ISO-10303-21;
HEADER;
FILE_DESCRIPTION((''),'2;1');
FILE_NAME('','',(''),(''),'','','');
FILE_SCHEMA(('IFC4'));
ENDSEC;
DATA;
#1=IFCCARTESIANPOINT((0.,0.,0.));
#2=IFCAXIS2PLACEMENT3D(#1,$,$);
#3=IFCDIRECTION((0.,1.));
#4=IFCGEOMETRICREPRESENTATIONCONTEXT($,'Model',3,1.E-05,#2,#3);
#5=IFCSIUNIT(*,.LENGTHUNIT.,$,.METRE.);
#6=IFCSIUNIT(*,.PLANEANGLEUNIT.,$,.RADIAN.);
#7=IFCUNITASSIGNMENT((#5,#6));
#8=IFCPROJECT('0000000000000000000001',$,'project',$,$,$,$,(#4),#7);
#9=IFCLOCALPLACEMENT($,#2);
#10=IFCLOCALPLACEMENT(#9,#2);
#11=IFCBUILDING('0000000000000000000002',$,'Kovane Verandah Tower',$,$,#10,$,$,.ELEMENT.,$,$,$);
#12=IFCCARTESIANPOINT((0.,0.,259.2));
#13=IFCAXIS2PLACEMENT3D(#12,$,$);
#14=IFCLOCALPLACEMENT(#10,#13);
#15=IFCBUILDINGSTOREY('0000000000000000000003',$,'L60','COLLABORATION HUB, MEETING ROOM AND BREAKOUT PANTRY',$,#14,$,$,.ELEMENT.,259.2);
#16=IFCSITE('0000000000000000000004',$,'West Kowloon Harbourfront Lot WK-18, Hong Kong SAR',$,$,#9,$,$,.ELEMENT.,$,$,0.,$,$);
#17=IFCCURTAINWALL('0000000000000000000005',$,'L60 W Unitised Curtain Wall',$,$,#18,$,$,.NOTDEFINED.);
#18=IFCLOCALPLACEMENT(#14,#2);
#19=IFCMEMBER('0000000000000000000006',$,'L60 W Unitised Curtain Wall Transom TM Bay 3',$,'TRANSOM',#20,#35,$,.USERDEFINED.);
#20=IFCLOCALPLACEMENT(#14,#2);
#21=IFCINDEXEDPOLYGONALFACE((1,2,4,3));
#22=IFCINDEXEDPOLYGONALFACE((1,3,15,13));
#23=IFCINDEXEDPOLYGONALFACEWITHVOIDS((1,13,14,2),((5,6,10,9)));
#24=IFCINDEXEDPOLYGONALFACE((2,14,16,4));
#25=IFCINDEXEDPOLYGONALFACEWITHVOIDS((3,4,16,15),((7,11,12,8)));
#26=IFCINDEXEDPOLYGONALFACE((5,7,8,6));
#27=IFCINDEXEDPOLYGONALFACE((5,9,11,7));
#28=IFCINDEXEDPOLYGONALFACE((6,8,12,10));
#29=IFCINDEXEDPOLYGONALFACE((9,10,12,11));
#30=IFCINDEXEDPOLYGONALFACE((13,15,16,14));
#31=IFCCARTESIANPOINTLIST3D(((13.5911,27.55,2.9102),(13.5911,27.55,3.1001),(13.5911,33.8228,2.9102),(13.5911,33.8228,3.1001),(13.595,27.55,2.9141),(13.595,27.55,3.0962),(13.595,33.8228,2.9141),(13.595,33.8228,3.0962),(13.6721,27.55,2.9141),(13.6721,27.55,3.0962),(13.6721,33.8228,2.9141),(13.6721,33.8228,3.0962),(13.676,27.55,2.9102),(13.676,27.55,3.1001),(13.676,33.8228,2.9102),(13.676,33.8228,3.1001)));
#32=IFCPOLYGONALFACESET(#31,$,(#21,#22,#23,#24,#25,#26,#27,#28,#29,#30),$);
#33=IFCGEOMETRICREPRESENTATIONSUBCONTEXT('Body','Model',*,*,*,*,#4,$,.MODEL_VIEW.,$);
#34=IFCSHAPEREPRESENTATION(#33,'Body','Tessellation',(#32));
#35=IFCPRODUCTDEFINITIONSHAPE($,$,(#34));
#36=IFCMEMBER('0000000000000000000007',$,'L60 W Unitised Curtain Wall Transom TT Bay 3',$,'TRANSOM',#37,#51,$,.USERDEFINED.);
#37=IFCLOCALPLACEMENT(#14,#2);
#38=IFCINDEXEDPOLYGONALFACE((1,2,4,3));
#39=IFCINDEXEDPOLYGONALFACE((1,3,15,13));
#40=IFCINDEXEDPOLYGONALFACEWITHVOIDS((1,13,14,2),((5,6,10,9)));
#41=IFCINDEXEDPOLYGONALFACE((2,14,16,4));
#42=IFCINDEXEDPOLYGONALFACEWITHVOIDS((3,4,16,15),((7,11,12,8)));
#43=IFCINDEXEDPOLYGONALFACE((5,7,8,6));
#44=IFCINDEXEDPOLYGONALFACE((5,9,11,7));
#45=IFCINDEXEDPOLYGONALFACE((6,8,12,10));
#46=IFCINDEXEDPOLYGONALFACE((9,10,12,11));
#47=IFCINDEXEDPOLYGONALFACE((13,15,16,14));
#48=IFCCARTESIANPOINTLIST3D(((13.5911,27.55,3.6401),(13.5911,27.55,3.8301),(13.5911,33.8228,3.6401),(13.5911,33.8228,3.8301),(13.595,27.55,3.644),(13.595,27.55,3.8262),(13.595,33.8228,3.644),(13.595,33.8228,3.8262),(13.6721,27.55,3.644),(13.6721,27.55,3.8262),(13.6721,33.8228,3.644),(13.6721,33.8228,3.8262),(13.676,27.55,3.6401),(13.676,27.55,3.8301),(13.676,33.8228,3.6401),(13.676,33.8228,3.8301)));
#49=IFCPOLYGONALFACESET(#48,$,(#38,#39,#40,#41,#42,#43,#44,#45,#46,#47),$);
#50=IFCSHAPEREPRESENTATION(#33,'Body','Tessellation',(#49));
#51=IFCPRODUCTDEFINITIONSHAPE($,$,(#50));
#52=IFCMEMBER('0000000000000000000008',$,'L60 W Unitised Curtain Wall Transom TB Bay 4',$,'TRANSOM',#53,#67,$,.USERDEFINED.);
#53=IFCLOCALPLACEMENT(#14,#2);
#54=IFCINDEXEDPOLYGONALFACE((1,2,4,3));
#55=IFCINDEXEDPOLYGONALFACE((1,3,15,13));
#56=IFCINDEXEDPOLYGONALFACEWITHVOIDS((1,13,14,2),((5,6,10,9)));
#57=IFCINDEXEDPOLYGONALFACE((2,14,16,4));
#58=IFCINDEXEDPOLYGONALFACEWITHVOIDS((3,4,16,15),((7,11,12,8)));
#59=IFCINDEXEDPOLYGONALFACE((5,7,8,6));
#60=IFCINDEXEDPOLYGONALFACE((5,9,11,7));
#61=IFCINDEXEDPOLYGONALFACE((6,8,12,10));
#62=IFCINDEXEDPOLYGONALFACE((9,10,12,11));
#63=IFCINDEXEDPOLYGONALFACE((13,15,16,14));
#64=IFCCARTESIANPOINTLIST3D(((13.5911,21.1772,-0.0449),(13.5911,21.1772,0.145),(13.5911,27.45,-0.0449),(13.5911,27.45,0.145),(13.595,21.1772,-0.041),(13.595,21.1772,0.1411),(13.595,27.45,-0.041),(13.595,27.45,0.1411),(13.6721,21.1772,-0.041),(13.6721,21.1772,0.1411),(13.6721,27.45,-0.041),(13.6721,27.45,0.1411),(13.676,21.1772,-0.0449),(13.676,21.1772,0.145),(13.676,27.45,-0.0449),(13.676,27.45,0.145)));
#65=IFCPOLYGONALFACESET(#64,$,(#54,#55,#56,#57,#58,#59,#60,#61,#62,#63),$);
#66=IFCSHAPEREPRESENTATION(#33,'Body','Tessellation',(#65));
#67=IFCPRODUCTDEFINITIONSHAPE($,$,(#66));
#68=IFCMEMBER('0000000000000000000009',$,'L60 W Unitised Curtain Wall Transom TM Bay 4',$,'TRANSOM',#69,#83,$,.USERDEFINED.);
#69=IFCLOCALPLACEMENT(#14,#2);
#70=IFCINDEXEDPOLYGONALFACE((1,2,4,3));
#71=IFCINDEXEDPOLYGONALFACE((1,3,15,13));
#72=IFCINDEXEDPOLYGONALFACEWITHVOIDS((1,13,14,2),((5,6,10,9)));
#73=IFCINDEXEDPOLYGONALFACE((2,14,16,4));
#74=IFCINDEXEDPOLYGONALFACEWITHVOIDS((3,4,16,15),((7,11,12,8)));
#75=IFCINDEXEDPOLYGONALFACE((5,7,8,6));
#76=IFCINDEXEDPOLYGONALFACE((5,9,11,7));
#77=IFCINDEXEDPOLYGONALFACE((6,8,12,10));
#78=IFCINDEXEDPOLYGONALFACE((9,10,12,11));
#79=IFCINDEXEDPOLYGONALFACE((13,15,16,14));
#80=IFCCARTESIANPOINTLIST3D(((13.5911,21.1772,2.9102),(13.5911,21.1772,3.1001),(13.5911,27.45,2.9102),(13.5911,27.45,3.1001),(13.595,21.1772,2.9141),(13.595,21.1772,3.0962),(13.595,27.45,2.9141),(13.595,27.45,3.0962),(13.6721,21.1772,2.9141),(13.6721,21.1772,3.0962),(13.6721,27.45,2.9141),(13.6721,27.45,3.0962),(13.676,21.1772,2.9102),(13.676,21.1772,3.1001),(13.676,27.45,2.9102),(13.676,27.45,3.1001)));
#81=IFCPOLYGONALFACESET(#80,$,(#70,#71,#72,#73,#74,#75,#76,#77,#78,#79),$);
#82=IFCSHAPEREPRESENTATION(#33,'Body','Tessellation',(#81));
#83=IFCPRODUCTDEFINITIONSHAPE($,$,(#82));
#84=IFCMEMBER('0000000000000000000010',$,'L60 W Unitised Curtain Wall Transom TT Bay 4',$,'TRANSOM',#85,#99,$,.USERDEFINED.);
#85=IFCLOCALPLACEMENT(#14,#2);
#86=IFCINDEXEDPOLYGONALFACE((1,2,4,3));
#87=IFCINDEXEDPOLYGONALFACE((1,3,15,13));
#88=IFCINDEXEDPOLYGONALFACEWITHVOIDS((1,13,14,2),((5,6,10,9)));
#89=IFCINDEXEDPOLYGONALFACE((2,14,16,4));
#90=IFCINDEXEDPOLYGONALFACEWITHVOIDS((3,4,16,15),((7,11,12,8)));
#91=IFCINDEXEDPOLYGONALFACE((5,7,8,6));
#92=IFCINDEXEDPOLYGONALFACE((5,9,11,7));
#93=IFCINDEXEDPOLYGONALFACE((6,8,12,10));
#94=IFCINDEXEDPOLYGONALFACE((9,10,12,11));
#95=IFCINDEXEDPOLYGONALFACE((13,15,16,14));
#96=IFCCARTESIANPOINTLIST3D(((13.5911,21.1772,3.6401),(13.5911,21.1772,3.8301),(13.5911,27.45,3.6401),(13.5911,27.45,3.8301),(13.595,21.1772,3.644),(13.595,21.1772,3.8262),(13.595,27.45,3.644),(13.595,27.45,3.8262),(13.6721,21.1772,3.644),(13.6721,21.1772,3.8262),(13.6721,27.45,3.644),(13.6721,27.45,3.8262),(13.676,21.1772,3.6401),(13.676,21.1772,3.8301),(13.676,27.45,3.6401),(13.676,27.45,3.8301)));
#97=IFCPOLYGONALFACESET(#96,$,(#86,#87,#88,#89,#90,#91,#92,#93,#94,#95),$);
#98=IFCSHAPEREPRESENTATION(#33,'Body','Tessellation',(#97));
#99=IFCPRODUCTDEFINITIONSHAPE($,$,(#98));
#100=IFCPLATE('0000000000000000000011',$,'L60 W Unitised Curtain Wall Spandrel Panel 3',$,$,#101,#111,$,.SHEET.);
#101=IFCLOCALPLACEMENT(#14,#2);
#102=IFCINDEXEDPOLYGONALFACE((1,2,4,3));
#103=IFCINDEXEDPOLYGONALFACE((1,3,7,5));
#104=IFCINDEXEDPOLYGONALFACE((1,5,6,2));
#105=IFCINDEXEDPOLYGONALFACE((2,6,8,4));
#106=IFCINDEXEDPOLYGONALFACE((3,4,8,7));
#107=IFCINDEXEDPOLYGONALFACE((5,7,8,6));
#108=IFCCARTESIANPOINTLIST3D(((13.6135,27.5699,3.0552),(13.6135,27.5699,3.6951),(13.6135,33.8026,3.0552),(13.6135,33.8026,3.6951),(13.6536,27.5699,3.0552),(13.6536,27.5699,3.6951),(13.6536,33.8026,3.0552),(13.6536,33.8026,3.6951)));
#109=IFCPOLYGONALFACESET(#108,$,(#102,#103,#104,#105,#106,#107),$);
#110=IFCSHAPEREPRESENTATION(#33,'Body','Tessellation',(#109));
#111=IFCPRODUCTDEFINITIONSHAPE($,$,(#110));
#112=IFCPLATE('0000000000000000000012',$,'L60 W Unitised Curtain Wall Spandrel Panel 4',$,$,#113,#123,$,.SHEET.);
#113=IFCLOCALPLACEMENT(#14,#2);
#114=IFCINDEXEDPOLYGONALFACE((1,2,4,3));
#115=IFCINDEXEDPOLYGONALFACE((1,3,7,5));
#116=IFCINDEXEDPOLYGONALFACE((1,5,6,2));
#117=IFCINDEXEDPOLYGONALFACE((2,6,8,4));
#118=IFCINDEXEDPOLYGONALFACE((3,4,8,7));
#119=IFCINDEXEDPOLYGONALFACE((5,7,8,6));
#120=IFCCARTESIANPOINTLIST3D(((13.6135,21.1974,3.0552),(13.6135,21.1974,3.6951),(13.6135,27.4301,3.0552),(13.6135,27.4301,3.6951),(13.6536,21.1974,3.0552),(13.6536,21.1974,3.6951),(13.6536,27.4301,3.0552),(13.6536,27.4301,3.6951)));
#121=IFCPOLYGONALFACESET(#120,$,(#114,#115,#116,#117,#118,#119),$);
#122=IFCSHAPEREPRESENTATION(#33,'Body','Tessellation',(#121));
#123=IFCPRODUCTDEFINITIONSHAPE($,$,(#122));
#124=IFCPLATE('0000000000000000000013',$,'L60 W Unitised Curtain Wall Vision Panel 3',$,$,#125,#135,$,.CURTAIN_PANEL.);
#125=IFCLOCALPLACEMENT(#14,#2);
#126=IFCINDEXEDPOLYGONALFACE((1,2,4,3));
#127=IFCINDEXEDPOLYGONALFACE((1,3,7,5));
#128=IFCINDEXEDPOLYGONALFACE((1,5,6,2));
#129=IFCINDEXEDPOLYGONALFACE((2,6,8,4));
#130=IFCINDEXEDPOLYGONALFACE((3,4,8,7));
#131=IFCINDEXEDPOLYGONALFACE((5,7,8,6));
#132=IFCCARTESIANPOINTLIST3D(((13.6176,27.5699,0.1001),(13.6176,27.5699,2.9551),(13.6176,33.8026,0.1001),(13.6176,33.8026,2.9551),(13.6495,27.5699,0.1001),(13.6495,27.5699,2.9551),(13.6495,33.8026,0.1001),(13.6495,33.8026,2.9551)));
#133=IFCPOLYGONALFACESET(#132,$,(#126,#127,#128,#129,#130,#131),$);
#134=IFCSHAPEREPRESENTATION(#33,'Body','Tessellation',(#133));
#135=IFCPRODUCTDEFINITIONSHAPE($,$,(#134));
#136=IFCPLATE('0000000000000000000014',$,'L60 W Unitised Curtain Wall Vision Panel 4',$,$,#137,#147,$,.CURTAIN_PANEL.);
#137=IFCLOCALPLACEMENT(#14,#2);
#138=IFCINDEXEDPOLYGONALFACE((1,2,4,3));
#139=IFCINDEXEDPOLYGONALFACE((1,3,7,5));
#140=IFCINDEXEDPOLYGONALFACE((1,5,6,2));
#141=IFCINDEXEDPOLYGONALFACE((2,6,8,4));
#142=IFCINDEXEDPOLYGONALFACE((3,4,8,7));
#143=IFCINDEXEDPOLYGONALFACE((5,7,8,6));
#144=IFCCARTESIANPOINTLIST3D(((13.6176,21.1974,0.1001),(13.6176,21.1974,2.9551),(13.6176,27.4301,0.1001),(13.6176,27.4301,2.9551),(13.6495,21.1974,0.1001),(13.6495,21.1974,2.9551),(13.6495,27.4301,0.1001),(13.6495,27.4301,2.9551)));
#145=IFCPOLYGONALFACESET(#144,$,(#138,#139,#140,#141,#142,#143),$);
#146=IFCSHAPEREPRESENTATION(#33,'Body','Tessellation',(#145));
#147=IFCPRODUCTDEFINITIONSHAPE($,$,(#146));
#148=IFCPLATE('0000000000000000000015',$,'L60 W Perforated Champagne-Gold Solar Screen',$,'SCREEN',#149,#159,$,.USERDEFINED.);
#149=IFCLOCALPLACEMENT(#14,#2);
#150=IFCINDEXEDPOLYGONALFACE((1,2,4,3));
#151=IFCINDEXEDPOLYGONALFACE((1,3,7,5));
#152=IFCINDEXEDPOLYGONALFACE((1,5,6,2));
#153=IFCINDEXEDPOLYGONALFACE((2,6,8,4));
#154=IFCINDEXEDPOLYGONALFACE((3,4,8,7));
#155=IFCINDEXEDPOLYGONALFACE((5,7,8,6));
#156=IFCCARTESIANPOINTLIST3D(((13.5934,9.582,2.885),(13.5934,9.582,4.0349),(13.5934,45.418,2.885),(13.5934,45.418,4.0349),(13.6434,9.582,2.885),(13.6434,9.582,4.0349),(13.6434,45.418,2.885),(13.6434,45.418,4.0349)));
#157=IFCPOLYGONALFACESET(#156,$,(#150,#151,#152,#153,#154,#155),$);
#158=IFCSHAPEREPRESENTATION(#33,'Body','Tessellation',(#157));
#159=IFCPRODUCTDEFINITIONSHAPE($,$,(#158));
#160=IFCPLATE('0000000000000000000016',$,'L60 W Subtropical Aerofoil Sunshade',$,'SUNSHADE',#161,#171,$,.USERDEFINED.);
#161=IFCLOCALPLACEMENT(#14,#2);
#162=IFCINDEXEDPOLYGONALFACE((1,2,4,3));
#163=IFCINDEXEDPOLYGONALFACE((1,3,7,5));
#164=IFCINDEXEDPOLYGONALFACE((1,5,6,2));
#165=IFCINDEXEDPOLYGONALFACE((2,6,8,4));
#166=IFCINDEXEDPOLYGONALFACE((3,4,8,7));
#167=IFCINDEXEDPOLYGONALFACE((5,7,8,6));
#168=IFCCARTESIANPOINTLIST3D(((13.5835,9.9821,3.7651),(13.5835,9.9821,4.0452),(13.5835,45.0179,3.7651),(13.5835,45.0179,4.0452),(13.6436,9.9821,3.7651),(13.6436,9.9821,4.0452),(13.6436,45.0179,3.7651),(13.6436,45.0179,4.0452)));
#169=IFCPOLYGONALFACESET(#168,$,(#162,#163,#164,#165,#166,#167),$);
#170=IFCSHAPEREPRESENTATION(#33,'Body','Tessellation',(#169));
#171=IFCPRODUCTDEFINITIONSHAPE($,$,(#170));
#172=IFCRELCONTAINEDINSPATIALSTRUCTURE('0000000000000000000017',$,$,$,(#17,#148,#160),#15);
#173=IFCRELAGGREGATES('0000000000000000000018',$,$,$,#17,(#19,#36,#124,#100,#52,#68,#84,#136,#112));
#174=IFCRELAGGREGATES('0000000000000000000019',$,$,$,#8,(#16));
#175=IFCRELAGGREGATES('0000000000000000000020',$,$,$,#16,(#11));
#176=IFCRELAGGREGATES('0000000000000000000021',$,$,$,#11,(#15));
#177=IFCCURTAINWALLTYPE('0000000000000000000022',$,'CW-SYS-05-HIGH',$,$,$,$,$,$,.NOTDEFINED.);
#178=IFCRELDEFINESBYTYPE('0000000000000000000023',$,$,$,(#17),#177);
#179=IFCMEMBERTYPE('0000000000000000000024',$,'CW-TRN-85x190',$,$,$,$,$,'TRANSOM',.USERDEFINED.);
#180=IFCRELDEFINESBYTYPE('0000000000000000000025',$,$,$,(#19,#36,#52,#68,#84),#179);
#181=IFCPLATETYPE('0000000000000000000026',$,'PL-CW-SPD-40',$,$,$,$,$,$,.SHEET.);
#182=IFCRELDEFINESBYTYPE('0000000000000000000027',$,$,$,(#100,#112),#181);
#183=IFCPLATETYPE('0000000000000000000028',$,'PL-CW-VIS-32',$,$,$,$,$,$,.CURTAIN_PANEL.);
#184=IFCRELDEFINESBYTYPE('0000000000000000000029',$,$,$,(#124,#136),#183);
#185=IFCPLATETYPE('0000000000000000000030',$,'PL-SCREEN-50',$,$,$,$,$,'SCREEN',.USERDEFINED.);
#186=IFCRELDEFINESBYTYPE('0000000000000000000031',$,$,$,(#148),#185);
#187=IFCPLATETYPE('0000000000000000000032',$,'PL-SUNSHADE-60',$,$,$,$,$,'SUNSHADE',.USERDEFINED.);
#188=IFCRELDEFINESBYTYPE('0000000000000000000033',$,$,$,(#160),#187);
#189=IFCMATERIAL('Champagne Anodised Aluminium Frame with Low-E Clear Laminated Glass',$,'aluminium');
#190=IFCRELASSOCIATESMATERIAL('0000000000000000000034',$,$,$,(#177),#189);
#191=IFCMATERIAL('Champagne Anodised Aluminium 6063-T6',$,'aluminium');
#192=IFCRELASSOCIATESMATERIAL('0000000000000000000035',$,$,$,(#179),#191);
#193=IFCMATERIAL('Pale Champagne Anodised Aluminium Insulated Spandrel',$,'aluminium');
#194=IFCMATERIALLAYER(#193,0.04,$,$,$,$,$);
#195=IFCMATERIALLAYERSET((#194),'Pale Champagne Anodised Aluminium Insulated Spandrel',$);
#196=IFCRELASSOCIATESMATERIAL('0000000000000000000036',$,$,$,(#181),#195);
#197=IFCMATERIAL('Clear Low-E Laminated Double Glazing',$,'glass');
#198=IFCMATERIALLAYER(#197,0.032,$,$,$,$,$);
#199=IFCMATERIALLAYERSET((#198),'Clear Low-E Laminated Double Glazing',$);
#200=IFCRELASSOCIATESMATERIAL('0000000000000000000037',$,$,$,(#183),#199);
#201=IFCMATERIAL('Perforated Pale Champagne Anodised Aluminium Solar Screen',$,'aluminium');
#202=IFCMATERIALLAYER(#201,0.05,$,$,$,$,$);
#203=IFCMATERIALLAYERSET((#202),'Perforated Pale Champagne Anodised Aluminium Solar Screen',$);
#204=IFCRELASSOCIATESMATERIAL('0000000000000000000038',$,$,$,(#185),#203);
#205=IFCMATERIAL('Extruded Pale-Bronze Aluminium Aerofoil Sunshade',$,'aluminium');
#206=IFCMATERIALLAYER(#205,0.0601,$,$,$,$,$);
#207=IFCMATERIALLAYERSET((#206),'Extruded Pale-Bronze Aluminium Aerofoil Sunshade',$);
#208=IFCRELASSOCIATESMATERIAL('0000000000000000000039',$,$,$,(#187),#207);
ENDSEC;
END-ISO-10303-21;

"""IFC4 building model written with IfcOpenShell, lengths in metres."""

from ifc_helpers import new_model, si_unit, direction, frame, origin, origin_2d, place, context, subcontext, project, spatial, rectangle, hollow_rectangle, extrude, material, layer, layer_set, material_profile, profile_set, type_object, element, aggregate, save


model = new_model("IFC4")

# Units and contexts
model_context = context("Model", 3, precision=1e-05, world=origin(), true_north=direction((0.0, 1.0)))
body_context = subcontext(model_context, "Body", "Model", "MODEL_VIEW")
ifc_project = project(units=[si_unit("LENGTHUNIT", "METRE"), si_unit("PLANEANGLEUNIT", "RADIAN")], contexts=[model_context])

# Site, building, storey
site_placement = place(None, origin())
site = spatial("IfcSite", under=ifc_project, at=site_placement, Name="West Kowloon Harbourfront Lot WK-18, Hong Kong SAR", CompositionType="ELEMENT", RefElevation=0.0)
building_placement = place(site_placement, origin())
building = spatial("IfcBuilding", under=site, at=building_placement, Name="Kovane Verandah Tower", CompositionType="ELEMENT")
storey_placement = place(building_placement, frame((0.0, 0.0, 259.2)))
storey = spatial("IfcBuildingStorey", under=building, at=storey_placement, Name="L60", Description="COLLABORATION HUB, MEETING ROOM AND BREAKOUT PANTRY", CompositionType="ELEMENT", Elevation=259.2)

# Curtain wall, members, plates
ifc_material_1 = material(Name="Champagne Anodised Aluminium Frame with Low-E Clear Laminated Glass", Category="aluminium")
curtain_wall_type = type_object("IfcCurtainWallType", Name="CW-SYS-05-HIGH", PredefinedType="NOTDEFINED", material=ifc_material_1)
curtain_wall_placement = place(storey_placement, origin())
curtain_wall = element("IfcCurtainWall", 1, at=curtain_wall_placement, inside=storey, type_object=curtain_wall_type, Name="L60 W Unitised Curtain Wall", PredefinedType="NOTDEFINED")
ifc_material_2 = material(Name="Champagne Anodised Aluminium 6063-T6", Category="aluminium")
ifc_material_profile_1 = material_profile(ifc_material_2, hollow_rectangle(XDim=0.085, YDim=0.1899, WallThickness=0.0039, at=origin_2d()), Name="AL85x190x4")
ifc_profile_set_1 = profile_set([ifc_material_profile_1], Name="Champagne Anodised Aluminium 6063-T6")
member_type_1 = type_object("IfcMemberType", Name="CW-TRN-85x190", ElementType="TRANSOM", PredefinedType="USERDEFINED", material=ifc_profile_set_1)
member_1_placement = place(storey_placement, frame((13.6335, 33.8228, 3.0051), z_axis=(0.0, -1.0, 0.0), x_axis=(1.0, 0.0, 0.0)))
member_1 = element("IfcMember", 2, at=member_1_placement, type_object=member_type_1, Name="L60 W Unitised Curtain Wall Transom TM Bay 3", ObjectType="TRANSOM", PredefinedType="USERDEFINED", context=body_context, shape_type="SweptSolid", body=[
    extrude(hollow_rectangle(XDim=0.085, YDim=0.1899, WallThickness=0.0039, at=origin_2d()), origin(), (0.0, 0.0, 1.0), 6.2727),
])
member_2_placement = place(storey_placement, frame((13.6335, 33.8228, 3.7351), z_axis=(0.0, -1.0, 0.0), x_axis=(1.0, 0.0, 0.0)))
member_2 = element("IfcMember", 3, at=member_2_placement, type_object=member_type_1, Name="L60 W Unitised Curtain Wall Transom TT Bay 3", ObjectType="TRANSOM", PredefinedType="USERDEFINED", context=body_context, shape_type="SweptSolid", body=[
    extrude(hollow_rectangle(XDim=0.085, YDim=0.1899, WallThickness=0.0039, at=origin_2d()), origin(), (0.0, 0.0, 1.0), 6.2727),
])
member_3_placement = place(storey_placement, frame((13.6335, 27.45, 0.05), z_axis=(0.0, -1.0, 0.0), x_axis=(1.0, 0.0, 0.0)))
member_3 = element("IfcMember", 4, at=member_3_placement, type_object=member_type_1, Name="L60 W Unitised Curtain Wall Transom TB Bay 4", ObjectType="TRANSOM", PredefinedType="USERDEFINED", context=body_context, shape_type="SweptSolid", body=[
    extrude(hollow_rectangle(XDim=0.085, YDim=0.1899, WallThickness=0.0039, at=origin_2d()), origin(), (0.0, 0.0, 1.0), 6.2727),
])
member_4_placement = place(storey_placement, frame((13.6335, 27.45, 3.0051), z_axis=(0.0, -1.0, 0.0), x_axis=(1.0, 0.0, 0.0)))
member_4 = element("IfcMember", 5, at=member_4_placement, type_object=member_type_1, Name="L60 W Unitised Curtain Wall Transom TM Bay 4", ObjectType="TRANSOM", PredefinedType="USERDEFINED", context=body_context, shape_type="SweptSolid", body=[
    extrude(hollow_rectangle(XDim=0.085, YDim=0.1899, WallThickness=0.0039, at=origin_2d()), origin(), (0.0, 0.0, 1.0), 6.2727),
])
member_5_placement = place(storey_placement, frame((13.6335, 27.45, 3.7351), z_axis=(0.0, -1.0, 0.0), x_axis=(1.0, 0.0, 0.0)))
member_5 = element("IfcMember", 6, at=member_5_placement, type_object=member_type_1, Name="L60 W Unitised Curtain Wall Transom TT Bay 4", ObjectType="TRANSOM", PredefinedType="USERDEFINED", context=body_context, shape_type="SweptSolid", body=[
    extrude(hollow_rectangle(XDim=0.085, YDim=0.1899, WallThickness=0.0039, at=origin_2d()), origin(), (0.0, 0.0, 1.0), 6.2727),
])
ifc_material_3 = material(Name="Pale Champagne Anodised Aluminium Insulated Spandrel", Category="aluminium")
ifc_layer_1 = layer(ifc_material_3, 0.04)
ifc_layer_set_1 = layer_set([ifc_layer_1], Name="Pale Champagne Anodised Aluminium Insulated Spandrel")
plate_type_1 = type_object("IfcPlateType", Name="PL-CW-SPD-40", PredefinedType="SHEET", material=ifc_layer_set_1)
plate_1_placement = place(storey_placement, frame((13.6335, 30.6863, 3.0552), z_axis=(0.0, 0.0, 1.0), x_axis=(0.0, -1.0, 0.0)))
plate_1 = element("IfcPlate", 7, at=plate_1_placement, type_object=plate_type_1, Name="L60 W Unitised Curtain Wall Spandrel Panel 3", PredefinedType="SHEET", context=body_context, shape_type="SweptSolid", body=[
    extrude(rectangle(XDim=6.2327, YDim=0.04, at=origin_2d()), origin(), (0.0, 0.0, 1.0), 0.6399),
])
plate_2_placement = place(storey_placement, frame((13.6335, 24.3137, 3.0552), z_axis=(0.0, 0.0, 1.0), x_axis=(0.0, -1.0, 0.0)))
plate_2 = element("IfcPlate", 8, at=plate_2_placement, type_object=plate_type_1, Name="L60 W Unitised Curtain Wall Spandrel Panel 4", PredefinedType="SHEET", context=body_context, shape_type="SweptSolid", body=[
    extrude(rectangle(XDim=6.2327, YDim=0.04, at=origin_2d()), origin(), (0.0, 0.0, 1.0), 0.6399),
])
ifc_material_4 = material(Name="Clear Low-E Laminated Double Glazing", Category="glass")
ifc_layer_2 = layer(ifc_material_4, 0.032)
ifc_layer_set_2 = layer_set([ifc_layer_2], Name="Clear Low-E Laminated Double Glazing")
plate_type_2 = type_object("IfcPlateType", Name="PL-CW-VIS-32", PredefinedType="CURTAIN_PANEL", material=ifc_layer_set_2)
plate_3_placement = place(storey_placement, frame((13.6335, 30.6863, 0.1001), z_axis=(0.0, 0.0, 1.0), x_axis=(0.0, -1.0, 0.0)))
plate_3 = element("IfcPlate", 9, at=plate_3_placement, type_object=plate_type_2, Name="L60 W Unitised Curtain Wall Vision Panel 3", PredefinedType="CURTAIN_PANEL", context=body_context, shape_type="SweptSolid", body=[
    extrude(rectangle(XDim=6.2327, YDim=0.032, at=origin_2d()), origin(), (0.0, 0.0, 1.0), 2.855),
])
plate_4_placement = place(storey_placement, frame((13.6335, 24.3137, 0.1001), z_axis=(0.0, 0.0, 1.0), x_axis=(0.0, -1.0, 0.0)))
plate_4 = element("IfcPlate", 10, at=plate_4_placement, type_object=plate_type_2, Name="L60 W Unitised Curtain Wall Vision Panel 4", PredefinedType="CURTAIN_PANEL", context=body_context, shape_type="SweptSolid", body=[
    extrude(rectangle(XDim=6.2327, YDim=0.032, at=origin_2d()), origin(), (0.0, 0.0, 1.0), 2.855),
])
aggregate(curtain_wall, [member_1, member_2, plate_3, plate_1, member_3, member_4, member_5, plate_4, plate_2])

# Plates
ifc_material_5 = material(Name="Perforated Pale Champagne Anodised Aluminium Solar Screen", Category="aluminium")
ifc_layer_3 = layer(ifc_material_5, 0.05)
ifc_layer_set_3 = layer_set([ifc_layer_3], Name="Perforated Pale Champagne Anodised Aluminium Solar Screen")
plate_type_3 = type_object("IfcPlateType", Name="PL-SCREEN-50", ElementType="SCREEN", PredefinedType="USERDEFINED", material=ifc_layer_set_3)
plate_5_placement = place(storey_placement, frame((13.6184, 27.5, 2.885), z_axis=(0.0, 0.0, 1.0), x_axis=(0.0, -1.0, 0.0)))
element("IfcPlate", 11, at=plate_5_placement, inside=storey, type_object=plate_type_3, Name="L60 W Perforated Champagne-Gold Solar Screen", ObjectType="SCREEN", PredefinedType="USERDEFINED", context=body_context, shape_type="SweptSolid", body=[
    extrude(rectangle(XDim=35.8359, YDim=0.05, at=origin_2d()), origin(), (0.0, 0.0, 1.0), 1.1499),
])
ifc_material_6 = material(Name="Extruded Pale-Bronze Aluminium Aerofoil Sunshade", Category="aluminium")
ifc_layer_4 = layer(ifc_material_6, 0.0601)
ifc_layer_set_4 = layer_set([ifc_layer_4], Name="Extruded Pale-Bronze Aluminium Aerofoil Sunshade")
plate_type_4 = type_object("IfcPlateType", Name="PL-SUNSHADE-60", ElementType="SUNSHADE", PredefinedType="USERDEFINED", material=ifc_layer_set_4)
plate_6_placement = place(storey_placement, frame((13.6135, 27.5, 3.7651), z_axis=(0.0, 0.0, 1.0), x_axis=(0.0, -1.0, 0.0)))
element("IfcPlate", 12, at=plate_6_placement, inside=storey, type_object=plate_type_4, Name="L60 W Subtropical Aerofoil Sunshade", ObjectType="SUNSHADE", PredefinedType="USERDEFINED", context=body_context, shape_type="SweptSolid", body=[
    extrude(rectangle(XDim=35.0359, YDim=0.0601, at=origin_2d()), origin(), (0.0, 0.0, 1.0), 0.28),
])

save(model, "model.ifc")
